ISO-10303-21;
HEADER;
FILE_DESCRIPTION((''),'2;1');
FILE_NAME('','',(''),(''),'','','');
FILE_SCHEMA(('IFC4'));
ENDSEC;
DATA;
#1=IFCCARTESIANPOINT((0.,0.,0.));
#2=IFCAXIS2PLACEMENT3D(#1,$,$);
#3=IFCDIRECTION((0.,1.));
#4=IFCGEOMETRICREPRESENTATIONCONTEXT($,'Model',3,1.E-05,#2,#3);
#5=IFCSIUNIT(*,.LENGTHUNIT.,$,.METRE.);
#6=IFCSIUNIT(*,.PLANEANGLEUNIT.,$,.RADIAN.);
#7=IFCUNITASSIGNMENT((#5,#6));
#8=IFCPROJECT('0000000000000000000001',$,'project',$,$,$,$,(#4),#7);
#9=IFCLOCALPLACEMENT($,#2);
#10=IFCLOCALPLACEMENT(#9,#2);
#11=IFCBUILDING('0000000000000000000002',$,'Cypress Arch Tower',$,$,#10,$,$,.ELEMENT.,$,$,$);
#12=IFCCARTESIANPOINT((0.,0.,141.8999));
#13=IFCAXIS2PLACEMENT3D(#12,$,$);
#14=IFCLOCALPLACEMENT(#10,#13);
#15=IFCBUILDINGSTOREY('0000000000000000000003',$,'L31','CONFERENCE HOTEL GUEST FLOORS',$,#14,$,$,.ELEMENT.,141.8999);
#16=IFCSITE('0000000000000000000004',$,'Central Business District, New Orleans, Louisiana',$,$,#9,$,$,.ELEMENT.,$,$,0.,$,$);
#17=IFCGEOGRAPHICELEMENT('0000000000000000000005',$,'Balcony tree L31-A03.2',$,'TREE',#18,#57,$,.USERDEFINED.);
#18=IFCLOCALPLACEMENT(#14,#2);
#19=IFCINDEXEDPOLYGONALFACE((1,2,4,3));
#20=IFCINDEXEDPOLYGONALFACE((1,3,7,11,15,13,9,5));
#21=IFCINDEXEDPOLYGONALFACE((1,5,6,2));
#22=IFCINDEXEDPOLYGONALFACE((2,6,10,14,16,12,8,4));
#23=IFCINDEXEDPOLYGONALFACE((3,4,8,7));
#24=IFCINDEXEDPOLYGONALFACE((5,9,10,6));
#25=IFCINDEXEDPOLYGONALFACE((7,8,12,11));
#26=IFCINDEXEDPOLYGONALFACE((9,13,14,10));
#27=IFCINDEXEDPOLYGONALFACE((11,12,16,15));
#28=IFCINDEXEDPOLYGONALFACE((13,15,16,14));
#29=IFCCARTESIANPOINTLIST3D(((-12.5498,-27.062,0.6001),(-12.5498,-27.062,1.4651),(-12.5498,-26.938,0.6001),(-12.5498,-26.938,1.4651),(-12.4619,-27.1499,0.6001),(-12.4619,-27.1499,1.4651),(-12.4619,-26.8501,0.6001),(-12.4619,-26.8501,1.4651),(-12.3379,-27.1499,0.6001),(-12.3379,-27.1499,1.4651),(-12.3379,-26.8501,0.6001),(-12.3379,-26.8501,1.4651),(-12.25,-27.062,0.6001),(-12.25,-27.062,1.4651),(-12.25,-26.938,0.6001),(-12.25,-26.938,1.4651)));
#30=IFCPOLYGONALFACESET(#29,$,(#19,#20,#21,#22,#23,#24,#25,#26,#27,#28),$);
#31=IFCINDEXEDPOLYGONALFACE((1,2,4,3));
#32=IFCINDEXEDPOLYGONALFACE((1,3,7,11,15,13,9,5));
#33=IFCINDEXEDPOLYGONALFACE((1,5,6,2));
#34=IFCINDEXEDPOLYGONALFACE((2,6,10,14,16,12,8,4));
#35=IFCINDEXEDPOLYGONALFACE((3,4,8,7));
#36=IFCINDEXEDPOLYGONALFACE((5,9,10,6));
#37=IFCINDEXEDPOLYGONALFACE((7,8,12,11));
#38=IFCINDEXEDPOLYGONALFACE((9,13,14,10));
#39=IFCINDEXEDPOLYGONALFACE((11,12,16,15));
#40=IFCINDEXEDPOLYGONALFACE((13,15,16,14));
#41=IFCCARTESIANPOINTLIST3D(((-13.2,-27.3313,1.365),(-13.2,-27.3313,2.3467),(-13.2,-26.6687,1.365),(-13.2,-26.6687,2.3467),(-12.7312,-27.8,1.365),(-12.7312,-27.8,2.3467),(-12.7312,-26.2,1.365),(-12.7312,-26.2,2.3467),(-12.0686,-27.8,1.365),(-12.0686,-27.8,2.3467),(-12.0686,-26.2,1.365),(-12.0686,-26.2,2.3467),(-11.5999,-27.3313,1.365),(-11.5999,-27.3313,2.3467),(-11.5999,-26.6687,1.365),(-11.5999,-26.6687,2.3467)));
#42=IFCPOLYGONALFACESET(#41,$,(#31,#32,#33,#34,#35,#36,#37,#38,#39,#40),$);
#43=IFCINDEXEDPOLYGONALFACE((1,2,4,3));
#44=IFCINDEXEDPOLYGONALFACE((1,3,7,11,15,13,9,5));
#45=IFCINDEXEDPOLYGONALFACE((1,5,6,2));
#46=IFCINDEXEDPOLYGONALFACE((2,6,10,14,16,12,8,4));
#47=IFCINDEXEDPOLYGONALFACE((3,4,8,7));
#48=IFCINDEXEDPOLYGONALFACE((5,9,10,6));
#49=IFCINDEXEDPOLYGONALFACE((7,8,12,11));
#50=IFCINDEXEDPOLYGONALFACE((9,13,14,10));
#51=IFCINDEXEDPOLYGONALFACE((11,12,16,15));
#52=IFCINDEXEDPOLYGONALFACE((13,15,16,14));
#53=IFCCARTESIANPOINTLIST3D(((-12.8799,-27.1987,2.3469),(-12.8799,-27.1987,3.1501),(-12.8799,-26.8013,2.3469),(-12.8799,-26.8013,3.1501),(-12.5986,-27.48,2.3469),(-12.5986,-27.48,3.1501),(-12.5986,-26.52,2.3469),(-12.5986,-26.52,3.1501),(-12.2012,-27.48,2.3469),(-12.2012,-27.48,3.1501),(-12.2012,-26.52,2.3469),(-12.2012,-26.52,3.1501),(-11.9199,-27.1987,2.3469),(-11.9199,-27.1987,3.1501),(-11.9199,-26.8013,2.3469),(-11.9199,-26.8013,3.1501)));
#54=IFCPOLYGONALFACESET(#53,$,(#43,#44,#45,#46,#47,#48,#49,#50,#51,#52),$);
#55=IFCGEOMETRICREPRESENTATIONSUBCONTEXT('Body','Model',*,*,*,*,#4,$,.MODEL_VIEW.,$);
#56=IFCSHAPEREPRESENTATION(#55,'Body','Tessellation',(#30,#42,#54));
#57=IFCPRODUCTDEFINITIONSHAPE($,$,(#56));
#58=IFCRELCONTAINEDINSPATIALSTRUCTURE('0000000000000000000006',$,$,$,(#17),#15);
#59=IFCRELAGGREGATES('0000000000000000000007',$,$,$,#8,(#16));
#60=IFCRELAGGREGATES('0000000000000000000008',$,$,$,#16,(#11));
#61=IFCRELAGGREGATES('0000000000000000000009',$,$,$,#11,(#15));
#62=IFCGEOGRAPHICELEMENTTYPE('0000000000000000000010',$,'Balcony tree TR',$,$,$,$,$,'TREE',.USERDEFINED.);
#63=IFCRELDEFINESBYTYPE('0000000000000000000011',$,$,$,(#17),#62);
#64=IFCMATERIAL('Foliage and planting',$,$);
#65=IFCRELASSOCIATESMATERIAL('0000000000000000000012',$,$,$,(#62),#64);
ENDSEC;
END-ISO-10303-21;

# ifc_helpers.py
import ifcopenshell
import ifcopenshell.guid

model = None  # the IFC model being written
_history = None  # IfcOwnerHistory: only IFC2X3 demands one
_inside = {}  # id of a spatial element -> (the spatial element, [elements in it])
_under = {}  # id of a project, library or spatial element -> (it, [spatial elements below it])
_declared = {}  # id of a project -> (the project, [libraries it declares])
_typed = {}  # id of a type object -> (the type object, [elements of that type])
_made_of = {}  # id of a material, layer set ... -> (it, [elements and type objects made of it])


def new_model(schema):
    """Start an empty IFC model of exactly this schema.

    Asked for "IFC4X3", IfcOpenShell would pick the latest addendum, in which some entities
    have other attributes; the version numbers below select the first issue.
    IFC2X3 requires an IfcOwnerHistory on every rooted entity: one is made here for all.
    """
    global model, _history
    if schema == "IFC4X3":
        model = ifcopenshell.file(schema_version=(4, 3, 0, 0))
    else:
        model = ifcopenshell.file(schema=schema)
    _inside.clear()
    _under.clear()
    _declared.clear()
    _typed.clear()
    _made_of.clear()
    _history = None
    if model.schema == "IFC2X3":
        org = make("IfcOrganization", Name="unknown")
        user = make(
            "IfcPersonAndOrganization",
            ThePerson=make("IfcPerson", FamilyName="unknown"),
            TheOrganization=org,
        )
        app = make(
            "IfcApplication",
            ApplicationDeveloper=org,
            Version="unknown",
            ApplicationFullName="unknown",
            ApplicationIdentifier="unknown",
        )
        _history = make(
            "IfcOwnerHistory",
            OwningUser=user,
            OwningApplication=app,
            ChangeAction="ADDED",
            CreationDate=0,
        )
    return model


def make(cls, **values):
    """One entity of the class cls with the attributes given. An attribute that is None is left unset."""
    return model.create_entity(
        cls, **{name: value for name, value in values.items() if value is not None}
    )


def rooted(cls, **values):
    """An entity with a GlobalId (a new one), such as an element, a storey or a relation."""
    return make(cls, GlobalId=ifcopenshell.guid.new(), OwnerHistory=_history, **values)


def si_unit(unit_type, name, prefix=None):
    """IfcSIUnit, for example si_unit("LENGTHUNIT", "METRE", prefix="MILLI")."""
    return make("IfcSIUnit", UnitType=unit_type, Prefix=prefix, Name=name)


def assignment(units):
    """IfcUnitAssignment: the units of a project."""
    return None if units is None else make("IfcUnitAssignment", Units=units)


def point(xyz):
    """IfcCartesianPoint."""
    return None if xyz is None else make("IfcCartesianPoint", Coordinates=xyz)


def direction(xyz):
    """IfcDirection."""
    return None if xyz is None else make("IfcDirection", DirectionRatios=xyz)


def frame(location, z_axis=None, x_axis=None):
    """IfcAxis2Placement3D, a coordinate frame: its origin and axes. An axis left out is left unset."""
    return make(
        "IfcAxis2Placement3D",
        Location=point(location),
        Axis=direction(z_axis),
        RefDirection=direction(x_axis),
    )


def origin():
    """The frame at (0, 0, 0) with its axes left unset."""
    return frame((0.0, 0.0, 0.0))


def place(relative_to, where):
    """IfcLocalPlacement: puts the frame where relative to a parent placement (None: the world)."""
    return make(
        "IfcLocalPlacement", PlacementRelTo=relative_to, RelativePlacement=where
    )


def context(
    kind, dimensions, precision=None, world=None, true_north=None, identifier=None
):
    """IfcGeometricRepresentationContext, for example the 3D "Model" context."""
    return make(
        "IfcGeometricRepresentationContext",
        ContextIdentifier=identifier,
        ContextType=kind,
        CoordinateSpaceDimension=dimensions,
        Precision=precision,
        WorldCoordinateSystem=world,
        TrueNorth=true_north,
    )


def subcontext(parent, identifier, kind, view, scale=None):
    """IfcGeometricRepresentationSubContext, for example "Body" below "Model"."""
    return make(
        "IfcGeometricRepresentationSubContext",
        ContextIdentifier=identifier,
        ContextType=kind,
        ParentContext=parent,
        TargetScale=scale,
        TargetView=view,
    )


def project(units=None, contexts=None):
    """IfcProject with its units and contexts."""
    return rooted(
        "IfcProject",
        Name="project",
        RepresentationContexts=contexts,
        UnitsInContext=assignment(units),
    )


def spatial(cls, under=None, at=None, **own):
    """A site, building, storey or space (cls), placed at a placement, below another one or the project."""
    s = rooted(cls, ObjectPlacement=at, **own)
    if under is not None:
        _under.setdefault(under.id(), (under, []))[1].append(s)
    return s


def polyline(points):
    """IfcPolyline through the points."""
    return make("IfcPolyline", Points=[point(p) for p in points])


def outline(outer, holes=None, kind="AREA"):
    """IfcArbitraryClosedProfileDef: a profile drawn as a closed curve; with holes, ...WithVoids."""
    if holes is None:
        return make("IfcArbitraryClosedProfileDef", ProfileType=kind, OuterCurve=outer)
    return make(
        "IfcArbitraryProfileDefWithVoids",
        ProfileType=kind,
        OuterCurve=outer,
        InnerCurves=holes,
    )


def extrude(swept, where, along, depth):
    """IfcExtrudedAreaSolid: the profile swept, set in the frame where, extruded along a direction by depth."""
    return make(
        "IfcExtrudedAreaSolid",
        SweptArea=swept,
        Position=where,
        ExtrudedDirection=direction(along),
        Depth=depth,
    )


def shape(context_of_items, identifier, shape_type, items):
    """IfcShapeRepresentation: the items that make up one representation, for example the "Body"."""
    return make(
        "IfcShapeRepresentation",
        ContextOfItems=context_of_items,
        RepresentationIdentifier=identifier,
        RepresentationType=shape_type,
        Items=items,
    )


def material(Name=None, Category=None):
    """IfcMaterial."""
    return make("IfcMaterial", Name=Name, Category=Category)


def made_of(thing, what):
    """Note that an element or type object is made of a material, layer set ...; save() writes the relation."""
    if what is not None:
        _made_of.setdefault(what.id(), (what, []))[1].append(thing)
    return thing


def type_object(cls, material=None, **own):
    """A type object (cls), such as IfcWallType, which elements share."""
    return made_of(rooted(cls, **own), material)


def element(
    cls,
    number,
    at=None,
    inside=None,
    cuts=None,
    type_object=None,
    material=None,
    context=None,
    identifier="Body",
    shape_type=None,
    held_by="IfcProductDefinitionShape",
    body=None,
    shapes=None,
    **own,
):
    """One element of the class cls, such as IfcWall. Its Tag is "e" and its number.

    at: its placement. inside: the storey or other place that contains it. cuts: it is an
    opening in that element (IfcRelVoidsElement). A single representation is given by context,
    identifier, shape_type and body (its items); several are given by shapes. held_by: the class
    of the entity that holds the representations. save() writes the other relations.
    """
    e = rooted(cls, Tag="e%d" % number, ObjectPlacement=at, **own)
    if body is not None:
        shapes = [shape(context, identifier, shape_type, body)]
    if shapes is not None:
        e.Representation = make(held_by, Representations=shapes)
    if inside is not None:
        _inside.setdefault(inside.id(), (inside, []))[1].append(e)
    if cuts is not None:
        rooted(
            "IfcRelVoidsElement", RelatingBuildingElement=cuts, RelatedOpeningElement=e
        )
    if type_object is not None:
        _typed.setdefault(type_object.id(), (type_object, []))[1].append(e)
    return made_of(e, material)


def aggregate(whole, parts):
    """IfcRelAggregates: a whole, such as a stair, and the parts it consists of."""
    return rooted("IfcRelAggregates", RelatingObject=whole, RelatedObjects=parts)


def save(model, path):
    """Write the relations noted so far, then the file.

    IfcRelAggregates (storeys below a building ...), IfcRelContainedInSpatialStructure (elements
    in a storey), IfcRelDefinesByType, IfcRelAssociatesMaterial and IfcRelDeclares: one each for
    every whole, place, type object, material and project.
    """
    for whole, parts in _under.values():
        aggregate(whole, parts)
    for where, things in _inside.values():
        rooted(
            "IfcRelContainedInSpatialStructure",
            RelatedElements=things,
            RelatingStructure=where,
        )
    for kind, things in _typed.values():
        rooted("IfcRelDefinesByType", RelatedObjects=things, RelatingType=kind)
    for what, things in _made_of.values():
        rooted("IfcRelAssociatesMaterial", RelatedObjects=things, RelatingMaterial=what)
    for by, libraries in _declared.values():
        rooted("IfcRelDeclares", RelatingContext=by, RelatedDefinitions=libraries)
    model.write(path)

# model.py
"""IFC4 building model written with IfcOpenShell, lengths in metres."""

from ifc_helpers import new_model, si_unit, direction, frame, origin, place, context, subcontext, project, spatial, polyline, outline, extrude, material, type_object, element, save


model = new_model("IFC4")

# Units and contexts
model_context = context("Model", 3, precision=1e-05, world=origin(), true_north=direction((0.0, 1.0)))
body_context = subcontext(model_context, "Body", "Model", "MODEL_VIEW")
ifc_project = project(units=[si_unit("LENGTHUNIT", "METRE"), si_unit("PLANEANGLEUNIT", "RADIAN")], contexts=[model_context])

# Site, building, storey
site_placement = place(None, origin())
site = spatial("IfcSite", under=ifc_project, at=site_placement, Name="Central Business District, New Orleans, Louisiana", CompositionType="ELEMENT", RefElevation=0.0)
building_placement = place(site_placement, origin())
building = spatial("IfcBuilding", under=site, at=building_placement, Name="Cypress Arch Tower", CompositionType="ELEMENT")
storey_placement = place(building_placement, frame((0.0, 0.0, 141.8999)))
storey = spatial("IfcBuildingStorey", under=building, at=storey_placement, Name="L31", Description="CONFERENCE HOTEL GUEST FLOORS", CompositionType="ELEMENT", Elevation=141.8999)

# Geographic element
ifc_material_1 = material(Name="Foliage and planting")
geographic_element_type = type_object("IfcGeographicElementType", Name="Balcony tree TR", ElementType="TREE", PredefinedType="USERDEFINED", material=ifc_material_1)
for number, where, z_axis, x_axis, name in (
    (1, (-12.3999, -27.0, 0.6001), (0.0, 0.0, 1.0), (1.0, 0.0, 0.0), "Balcony tree L31-A03.2"),
):
    element("IfcGeographicElement", number, at=place(storey_placement, frame(where, z_axis=z_axis, x_axis=x_axis)), inside=storey, type_object=geographic_element_type, Name=name, ObjectType="TREE", PredefinedType="USERDEFINED", context=body_context, shape_type="SweptSolid", body=[
        extrude(outline(polyline([(0.1499, 0.062), (0.062, 0.1499), (-0.062, 0.1499), (-0.1499, 0.062), (-0.1499, -0.062), (-0.062, -0.1499), (0.062, -0.1499), (0.1499, -0.062), (0.1499, 0.062)])), origin(), (0.0, 0.0, 1.0), 0.865),
        extrude(outline(polyline([(0.8, 0.3313), (0.3313, 0.8), (-0.3313, 0.8), (-0.8, 0.3313), (-0.8, -0.3313), (-0.3313, -0.8), (0.3313, -0.8), (0.8, -0.3313), (0.8, 0.3313)])), frame((0.0, 0.0, 0.7649)), (0.0, 0.0, 1.0), 0.9817),
        extrude(outline(polyline([(0.48, 0.1987), (0.1987, 0.48), (-0.1987, 0.48), (-0.48, 0.1987), (-0.48, -0.1987), (-0.1987, -0.48), (0.1987, -0.48), (0.48, -0.1987), (0.48, 0.1987)])), frame((0.0, 0.0, 1.7468)), (0.0, 0.0, 1.0), 0.8032),
    ])

save(model, "model.ifc")
